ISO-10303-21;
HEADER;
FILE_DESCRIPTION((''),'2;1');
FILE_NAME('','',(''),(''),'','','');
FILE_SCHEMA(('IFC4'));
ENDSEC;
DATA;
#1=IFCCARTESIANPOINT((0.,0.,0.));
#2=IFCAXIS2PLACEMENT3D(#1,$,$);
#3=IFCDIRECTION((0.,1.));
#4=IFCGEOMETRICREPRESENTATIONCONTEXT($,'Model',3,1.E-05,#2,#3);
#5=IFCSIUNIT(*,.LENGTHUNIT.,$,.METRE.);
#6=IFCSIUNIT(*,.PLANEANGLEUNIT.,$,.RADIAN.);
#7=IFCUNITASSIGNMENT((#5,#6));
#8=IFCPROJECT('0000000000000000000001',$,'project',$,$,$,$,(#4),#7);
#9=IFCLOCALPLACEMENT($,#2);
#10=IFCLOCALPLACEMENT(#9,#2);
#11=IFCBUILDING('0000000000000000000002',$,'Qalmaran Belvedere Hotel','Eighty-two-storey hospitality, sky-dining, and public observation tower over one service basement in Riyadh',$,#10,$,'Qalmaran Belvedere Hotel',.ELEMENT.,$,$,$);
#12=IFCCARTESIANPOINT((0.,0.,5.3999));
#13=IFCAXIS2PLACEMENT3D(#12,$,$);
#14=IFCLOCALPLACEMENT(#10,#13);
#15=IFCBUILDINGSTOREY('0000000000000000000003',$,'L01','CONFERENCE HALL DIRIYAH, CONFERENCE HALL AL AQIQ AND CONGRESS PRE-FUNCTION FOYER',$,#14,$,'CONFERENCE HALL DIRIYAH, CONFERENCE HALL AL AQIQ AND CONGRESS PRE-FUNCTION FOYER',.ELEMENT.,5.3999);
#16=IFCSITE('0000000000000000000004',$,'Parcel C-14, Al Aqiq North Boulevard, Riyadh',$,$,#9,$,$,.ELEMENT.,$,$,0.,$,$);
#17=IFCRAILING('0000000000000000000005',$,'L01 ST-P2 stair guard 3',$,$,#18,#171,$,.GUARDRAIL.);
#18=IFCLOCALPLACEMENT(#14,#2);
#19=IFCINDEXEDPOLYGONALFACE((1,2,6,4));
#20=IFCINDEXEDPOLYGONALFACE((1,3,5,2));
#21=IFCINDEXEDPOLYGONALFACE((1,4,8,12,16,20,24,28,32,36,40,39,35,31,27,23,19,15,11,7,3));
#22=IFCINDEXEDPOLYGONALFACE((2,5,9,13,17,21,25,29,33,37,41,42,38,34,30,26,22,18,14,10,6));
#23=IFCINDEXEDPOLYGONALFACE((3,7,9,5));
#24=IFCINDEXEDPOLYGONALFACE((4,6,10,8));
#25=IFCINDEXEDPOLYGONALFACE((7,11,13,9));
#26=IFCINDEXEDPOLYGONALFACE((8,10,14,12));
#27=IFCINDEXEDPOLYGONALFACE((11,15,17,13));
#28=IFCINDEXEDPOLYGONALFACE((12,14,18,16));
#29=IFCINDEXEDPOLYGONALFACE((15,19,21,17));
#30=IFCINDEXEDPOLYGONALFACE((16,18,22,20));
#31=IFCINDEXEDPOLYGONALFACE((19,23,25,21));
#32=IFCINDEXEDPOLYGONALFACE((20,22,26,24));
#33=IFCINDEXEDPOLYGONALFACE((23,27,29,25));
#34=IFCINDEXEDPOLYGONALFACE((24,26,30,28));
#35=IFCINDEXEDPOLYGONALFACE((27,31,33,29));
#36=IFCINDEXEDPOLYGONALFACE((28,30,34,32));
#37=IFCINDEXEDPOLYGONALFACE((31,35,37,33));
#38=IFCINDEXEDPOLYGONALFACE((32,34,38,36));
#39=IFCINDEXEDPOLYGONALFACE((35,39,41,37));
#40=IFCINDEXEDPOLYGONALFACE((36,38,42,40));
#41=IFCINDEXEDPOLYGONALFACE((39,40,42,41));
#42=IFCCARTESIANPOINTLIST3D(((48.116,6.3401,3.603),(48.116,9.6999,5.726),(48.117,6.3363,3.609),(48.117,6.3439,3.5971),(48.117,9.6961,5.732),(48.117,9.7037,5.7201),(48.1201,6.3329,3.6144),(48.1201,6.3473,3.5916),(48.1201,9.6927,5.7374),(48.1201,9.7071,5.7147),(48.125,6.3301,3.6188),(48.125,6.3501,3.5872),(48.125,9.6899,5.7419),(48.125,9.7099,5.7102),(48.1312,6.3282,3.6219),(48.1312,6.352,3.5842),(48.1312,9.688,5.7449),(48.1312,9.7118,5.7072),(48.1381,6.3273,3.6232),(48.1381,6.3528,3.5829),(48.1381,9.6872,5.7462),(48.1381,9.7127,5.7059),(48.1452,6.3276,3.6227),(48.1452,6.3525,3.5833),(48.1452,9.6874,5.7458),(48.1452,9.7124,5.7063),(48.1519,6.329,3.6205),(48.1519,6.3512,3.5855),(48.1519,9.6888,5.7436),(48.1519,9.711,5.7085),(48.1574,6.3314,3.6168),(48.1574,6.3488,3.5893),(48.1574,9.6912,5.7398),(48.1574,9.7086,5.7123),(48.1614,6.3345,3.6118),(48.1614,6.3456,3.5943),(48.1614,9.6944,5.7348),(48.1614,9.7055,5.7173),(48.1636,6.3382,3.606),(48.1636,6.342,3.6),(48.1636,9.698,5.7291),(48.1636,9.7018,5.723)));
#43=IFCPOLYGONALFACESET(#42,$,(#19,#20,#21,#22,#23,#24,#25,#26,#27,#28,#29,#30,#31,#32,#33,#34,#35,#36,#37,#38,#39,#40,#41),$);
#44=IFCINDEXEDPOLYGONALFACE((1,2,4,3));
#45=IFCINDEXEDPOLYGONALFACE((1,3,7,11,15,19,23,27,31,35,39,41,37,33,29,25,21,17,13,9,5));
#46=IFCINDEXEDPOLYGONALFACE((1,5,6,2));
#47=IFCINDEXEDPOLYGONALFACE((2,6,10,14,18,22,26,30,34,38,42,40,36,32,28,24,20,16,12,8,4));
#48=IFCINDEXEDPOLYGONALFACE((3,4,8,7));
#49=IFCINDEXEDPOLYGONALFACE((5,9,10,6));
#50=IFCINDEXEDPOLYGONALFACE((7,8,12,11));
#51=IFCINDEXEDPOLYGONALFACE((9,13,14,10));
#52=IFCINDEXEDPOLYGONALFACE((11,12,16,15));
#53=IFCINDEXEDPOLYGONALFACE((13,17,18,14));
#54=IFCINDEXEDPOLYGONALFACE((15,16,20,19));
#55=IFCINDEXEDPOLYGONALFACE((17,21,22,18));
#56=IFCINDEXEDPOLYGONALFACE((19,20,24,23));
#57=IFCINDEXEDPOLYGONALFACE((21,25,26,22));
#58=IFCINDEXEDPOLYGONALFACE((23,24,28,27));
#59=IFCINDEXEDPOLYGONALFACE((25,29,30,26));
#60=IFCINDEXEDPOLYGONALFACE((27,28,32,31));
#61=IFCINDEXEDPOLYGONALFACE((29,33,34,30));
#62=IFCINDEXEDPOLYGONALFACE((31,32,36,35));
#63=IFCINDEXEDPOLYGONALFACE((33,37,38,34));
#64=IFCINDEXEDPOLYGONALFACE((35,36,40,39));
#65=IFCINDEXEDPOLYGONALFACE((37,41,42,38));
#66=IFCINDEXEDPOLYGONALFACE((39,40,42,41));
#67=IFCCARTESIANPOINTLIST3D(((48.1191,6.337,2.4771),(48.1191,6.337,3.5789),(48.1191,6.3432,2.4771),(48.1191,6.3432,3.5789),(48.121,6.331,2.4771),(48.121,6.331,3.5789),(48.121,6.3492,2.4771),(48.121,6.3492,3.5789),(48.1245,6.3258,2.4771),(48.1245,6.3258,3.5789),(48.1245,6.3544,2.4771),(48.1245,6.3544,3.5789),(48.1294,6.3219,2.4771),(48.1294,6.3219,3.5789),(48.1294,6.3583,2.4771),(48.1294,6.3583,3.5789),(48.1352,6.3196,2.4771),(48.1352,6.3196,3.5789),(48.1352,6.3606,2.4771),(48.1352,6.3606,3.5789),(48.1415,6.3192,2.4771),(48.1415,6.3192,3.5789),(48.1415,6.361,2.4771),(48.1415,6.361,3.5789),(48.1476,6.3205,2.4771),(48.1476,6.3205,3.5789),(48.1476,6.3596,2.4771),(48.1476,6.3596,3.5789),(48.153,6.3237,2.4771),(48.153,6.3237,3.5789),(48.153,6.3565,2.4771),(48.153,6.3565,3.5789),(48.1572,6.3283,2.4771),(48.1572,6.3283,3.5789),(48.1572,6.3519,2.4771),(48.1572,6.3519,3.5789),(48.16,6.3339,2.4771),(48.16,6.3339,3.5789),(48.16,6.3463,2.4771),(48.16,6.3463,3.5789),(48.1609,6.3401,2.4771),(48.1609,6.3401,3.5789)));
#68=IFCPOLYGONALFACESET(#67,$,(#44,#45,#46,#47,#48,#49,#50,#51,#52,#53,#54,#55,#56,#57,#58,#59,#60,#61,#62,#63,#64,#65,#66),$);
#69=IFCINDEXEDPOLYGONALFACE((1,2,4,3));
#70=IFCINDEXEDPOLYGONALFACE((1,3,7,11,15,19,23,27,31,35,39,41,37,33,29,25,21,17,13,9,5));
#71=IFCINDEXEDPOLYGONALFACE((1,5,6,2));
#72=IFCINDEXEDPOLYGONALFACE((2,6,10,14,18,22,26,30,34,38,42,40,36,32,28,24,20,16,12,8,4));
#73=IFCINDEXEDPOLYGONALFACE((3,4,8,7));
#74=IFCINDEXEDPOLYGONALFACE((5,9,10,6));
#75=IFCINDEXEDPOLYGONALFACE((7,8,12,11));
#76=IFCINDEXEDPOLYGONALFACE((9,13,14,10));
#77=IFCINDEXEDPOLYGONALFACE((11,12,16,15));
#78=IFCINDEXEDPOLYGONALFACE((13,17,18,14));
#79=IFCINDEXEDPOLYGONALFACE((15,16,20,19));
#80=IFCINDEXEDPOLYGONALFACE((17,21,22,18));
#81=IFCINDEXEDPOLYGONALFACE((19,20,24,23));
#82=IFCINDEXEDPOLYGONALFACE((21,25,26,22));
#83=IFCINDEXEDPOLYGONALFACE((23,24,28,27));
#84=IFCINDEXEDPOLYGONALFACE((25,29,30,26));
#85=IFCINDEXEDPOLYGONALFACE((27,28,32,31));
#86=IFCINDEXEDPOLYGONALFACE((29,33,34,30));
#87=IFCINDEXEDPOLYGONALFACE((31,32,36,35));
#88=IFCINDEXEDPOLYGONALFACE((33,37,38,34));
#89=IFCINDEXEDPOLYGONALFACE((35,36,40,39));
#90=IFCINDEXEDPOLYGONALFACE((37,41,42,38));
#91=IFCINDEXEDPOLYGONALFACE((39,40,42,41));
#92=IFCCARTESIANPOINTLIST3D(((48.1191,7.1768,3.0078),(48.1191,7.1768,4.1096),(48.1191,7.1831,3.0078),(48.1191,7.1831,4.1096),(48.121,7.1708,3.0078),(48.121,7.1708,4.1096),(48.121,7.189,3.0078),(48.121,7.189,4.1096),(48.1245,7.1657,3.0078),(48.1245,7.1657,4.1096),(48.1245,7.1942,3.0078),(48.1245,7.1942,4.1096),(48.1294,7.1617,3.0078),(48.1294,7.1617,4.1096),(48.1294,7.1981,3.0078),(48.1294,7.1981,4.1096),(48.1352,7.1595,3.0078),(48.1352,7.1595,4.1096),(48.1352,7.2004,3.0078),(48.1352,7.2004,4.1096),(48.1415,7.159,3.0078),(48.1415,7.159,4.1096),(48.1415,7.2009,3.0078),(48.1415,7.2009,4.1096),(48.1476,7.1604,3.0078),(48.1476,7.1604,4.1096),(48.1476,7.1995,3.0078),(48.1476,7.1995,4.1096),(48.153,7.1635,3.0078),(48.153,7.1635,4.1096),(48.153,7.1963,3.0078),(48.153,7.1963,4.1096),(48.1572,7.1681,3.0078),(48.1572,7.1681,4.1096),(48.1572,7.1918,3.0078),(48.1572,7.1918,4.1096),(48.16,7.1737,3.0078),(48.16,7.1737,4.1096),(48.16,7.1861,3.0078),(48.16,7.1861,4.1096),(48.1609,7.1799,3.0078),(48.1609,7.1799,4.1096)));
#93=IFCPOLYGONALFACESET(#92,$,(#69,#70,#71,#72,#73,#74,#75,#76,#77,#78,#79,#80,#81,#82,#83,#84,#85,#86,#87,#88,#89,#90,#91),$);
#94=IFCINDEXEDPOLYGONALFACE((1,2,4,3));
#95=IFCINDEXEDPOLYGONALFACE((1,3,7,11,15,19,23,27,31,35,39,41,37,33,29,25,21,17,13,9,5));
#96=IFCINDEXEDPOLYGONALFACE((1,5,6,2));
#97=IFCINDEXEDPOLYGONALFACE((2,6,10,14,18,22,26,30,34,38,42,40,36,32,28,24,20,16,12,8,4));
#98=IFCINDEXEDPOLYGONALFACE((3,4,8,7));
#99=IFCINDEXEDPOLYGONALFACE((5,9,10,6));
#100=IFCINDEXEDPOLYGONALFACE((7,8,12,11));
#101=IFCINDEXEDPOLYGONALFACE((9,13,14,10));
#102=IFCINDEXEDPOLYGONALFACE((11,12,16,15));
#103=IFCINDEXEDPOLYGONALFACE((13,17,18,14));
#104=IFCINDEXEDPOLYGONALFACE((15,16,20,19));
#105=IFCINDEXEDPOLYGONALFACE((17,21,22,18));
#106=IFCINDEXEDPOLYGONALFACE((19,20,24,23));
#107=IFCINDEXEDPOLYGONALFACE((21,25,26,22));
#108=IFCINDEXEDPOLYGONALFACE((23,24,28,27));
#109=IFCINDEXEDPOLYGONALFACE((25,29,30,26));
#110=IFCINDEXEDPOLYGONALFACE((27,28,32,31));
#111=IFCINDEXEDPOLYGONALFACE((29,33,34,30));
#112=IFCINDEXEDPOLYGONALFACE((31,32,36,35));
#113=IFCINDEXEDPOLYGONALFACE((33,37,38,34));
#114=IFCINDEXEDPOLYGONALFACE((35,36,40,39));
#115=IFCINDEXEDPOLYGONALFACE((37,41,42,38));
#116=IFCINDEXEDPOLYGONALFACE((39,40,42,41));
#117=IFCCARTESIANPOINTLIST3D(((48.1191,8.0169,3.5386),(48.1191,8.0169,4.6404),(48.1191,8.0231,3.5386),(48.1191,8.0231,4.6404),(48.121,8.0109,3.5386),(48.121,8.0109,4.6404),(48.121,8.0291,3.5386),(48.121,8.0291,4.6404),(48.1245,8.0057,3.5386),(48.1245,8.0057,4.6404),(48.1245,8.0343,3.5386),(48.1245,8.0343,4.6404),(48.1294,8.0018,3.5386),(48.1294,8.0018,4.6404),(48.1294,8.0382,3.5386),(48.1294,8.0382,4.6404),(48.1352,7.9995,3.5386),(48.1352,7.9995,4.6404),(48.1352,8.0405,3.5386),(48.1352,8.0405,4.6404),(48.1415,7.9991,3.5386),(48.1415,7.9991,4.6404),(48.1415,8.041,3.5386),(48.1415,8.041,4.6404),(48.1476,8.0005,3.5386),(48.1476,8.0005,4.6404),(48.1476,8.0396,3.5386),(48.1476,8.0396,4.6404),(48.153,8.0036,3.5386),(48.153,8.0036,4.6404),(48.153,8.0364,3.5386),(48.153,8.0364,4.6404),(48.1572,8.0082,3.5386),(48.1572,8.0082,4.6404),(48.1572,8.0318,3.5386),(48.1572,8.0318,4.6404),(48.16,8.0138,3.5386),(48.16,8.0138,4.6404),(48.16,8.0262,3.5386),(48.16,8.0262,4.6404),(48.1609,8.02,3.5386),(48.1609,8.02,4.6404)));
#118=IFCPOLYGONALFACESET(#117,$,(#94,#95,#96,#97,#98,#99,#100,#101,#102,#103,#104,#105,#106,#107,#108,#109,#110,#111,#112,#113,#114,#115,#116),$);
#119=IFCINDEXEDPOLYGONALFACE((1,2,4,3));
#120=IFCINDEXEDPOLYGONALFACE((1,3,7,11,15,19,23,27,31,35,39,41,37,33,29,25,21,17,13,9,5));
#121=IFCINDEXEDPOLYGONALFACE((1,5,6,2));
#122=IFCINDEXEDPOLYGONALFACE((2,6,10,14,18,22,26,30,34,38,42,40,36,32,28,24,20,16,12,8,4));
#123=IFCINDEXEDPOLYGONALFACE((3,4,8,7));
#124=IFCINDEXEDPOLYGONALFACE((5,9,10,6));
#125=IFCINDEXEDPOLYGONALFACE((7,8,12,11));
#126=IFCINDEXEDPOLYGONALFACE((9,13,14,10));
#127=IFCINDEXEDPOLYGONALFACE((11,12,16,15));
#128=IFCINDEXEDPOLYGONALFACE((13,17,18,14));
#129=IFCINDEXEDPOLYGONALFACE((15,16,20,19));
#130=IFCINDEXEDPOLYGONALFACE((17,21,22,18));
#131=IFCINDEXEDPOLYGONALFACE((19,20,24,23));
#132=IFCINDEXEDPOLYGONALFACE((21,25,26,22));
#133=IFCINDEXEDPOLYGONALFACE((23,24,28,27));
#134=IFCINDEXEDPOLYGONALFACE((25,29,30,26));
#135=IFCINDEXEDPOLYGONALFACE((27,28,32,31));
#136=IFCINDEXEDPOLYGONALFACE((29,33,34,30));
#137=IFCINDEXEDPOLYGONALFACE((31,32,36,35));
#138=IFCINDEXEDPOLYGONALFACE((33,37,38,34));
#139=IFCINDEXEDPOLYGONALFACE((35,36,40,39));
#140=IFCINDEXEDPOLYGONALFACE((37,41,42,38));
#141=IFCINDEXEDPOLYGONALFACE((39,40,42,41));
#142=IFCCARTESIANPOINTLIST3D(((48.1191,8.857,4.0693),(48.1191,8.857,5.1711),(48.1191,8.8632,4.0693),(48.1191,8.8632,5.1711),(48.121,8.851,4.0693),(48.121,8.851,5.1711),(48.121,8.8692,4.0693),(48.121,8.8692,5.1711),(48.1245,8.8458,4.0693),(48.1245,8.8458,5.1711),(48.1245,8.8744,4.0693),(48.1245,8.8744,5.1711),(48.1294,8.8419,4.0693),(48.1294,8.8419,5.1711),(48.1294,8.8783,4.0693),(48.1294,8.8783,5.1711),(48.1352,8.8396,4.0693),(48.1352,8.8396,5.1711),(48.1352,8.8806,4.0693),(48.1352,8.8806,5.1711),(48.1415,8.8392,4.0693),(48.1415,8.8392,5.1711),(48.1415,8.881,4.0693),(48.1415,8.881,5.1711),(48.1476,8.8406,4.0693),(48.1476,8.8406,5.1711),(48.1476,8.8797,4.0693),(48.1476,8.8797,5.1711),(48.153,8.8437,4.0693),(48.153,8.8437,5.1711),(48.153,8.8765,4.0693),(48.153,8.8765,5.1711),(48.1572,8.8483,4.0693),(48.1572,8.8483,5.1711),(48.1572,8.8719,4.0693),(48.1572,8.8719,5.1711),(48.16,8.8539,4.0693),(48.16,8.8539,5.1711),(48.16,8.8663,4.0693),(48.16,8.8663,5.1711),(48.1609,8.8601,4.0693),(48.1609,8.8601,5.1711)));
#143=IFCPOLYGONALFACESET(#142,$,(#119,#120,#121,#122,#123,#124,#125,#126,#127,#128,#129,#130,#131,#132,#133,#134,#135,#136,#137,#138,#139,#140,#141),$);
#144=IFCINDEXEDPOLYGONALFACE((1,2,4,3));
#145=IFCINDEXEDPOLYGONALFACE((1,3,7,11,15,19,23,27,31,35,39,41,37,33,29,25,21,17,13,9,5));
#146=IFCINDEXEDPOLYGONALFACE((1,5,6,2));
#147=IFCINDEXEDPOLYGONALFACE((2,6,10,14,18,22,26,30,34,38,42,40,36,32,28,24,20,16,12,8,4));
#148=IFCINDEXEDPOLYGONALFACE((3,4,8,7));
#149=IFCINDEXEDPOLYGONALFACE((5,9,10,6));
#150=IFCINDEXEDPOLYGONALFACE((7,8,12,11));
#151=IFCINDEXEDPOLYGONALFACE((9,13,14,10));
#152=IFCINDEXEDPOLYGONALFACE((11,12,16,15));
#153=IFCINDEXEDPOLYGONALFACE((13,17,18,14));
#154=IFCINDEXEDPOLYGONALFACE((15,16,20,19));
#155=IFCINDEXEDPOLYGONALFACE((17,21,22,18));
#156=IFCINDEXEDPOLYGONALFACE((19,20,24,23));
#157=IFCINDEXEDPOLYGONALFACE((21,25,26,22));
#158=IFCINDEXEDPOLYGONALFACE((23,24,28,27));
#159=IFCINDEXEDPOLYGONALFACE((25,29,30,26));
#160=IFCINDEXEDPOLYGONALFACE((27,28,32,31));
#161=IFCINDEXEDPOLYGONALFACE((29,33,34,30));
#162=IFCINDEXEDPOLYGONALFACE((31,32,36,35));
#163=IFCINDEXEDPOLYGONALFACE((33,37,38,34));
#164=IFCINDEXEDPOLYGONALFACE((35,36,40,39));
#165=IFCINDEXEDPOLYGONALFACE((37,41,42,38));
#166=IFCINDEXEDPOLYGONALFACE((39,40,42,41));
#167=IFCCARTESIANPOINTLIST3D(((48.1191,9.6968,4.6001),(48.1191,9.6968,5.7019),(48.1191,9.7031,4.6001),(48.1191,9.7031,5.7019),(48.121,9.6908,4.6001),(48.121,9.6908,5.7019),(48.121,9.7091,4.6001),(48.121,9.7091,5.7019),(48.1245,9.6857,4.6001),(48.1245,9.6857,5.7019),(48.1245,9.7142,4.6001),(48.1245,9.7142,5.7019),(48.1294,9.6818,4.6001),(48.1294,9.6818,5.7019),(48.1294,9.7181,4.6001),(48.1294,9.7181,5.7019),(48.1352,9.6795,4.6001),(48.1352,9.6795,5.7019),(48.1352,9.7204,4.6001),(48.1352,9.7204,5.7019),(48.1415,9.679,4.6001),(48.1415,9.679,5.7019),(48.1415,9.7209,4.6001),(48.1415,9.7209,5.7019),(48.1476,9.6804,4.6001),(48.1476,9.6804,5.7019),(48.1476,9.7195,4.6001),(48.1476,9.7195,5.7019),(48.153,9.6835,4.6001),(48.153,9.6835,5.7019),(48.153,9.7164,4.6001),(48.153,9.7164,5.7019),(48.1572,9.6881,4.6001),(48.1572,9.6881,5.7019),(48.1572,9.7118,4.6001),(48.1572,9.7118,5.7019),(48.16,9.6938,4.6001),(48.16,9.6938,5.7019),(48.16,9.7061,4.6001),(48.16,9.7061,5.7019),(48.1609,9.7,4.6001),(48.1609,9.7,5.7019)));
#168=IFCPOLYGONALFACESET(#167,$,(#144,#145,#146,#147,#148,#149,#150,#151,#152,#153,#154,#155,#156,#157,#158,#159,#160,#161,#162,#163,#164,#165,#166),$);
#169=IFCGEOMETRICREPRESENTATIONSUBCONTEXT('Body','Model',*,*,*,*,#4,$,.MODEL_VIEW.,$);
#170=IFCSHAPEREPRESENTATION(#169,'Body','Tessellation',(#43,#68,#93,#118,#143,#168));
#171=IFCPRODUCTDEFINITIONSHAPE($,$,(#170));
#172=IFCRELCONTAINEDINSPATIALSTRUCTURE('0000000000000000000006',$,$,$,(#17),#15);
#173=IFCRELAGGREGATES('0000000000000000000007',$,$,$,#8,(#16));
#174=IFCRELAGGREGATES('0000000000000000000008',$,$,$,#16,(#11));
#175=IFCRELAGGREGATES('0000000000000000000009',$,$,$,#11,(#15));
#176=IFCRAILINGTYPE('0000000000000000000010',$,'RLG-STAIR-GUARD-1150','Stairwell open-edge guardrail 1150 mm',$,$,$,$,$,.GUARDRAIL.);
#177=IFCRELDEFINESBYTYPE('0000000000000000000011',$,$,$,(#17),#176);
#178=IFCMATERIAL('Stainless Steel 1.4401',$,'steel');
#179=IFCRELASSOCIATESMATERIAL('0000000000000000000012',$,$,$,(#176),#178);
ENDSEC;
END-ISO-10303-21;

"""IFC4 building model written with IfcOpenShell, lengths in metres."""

from ifc_helpers import new_model, si_unit, direction, frame, origin, origin_2d, place, context, subcontext, project, spatial, circle, extrude, material, type_object, element, save


model = new_model("IFC4")

# Units and contexts
model_context = context("Model", 3, precision=1e-05, world=origin(), true_north=direction((0.0, 1.0)))
body_context = subcontext(model_context, "Body", "Model", "MODEL_VIEW")
ifc_project = project(units=[si_unit("LENGTHUNIT", "METRE"), si_unit("PLANEANGLEUNIT", "RADIAN")], contexts=[model_context])

# Site, building, storey
site_placement = place(None, origin())
site = spatial("IfcSite", under=ifc_project, at=site_placement, Name="Parcel C-14, Al Aqiq North Boulevard, Riyadh", CompositionType="ELEMENT", RefElevation=0.0)
building_placement = place(site_placement, origin())
building = spatial("IfcBuilding", under=site, at=building_placement, Name="Qalmaran Belvedere Hotel", Description="Eighty-two-storey hospitality, sky-dining, and public observation tower over one service basement in Riyadh", LongName="Qalmaran Belvedere Hotel", CompositionType="ELEMENT")
storey_placement = place(building_placement, frame((0.0, 0.0, 5.3999)))
storey = spatial("IfcBuildingStorey", under=building, at=storey_placement, Name="L01", Description="CONFERENCE HALL DIRIYAH, CONFERENCE HALL AL AQIQ AND CONGRESS PRE-FUNCTION FOYER", LongName="CONFERENCE HALL DIRIYAH, CONFERENCE HALL AL AQIQ AND CONGRESS PRE-FUNCTION FOYER", CompositionType="ELEMENT", Elevation=5.3999)

# Railing
ifc_material_1 = material(Name="Stainless Steel 1.4401", Category="steel")
railing_type_1 = type_object("IfcRailingType", Name="RLG-STAIR-GUARD-1150", Description="Stairwell open-edge guardrail 1150 mm", PredefinedType="GUARDRAIL", material=ifc_material_1)
railing_1_placement = place(storey_placement, frame((48.1399, 6.3401, 2.4771)))
element("IfcRailing", 1, at=railing_1_placement, inside=storey, type_object=railing_type_1, Name="L01 ST-P2 stair guard 3", PredefinedType="GUARDRAIL", context=body_context, shape_type="SweptSolid", body=[
    extrude(circle(Radius=0.0239, at=origin_2d()), frame((0.0, 0.0, 1.126), z_axis=(0.0, 0.845372, 0.534178), x_axis=(-1.0, 0.0, 0.0)), (0.0, 0.0, 1.0), 3.9744),
    extrude(circle(Radius=0.021, at=origin_2d()), origin(), (0.0, 0.0, 1.0), 1.1018),
    extrude(circle(Radius=0.021, at=origin_2d()), frame((0.0, 0.8398, 0.5308)), (0.0, 0.0, 1.0), 1.1018),
    extrude(circle(Radius=0.021, at=origin_2d()), frame((0.0, 1.6799, 1.0615)), (0.0, 0.0, 1.0), 1.1018),
    extrude(circle(Radius=0.021, at=origin_2d()), frame((0.0, 2.52, 1.5923)), (0.0, 0.0, 1.0), 1.1018),
    extrude(circle(Radius=0.021, at=origin_2d()), frame((0.0, 3.3599, 2.123)), (0.0, 0.0, 1.0), 1.1018),
])

save(model, "model.ifc")
